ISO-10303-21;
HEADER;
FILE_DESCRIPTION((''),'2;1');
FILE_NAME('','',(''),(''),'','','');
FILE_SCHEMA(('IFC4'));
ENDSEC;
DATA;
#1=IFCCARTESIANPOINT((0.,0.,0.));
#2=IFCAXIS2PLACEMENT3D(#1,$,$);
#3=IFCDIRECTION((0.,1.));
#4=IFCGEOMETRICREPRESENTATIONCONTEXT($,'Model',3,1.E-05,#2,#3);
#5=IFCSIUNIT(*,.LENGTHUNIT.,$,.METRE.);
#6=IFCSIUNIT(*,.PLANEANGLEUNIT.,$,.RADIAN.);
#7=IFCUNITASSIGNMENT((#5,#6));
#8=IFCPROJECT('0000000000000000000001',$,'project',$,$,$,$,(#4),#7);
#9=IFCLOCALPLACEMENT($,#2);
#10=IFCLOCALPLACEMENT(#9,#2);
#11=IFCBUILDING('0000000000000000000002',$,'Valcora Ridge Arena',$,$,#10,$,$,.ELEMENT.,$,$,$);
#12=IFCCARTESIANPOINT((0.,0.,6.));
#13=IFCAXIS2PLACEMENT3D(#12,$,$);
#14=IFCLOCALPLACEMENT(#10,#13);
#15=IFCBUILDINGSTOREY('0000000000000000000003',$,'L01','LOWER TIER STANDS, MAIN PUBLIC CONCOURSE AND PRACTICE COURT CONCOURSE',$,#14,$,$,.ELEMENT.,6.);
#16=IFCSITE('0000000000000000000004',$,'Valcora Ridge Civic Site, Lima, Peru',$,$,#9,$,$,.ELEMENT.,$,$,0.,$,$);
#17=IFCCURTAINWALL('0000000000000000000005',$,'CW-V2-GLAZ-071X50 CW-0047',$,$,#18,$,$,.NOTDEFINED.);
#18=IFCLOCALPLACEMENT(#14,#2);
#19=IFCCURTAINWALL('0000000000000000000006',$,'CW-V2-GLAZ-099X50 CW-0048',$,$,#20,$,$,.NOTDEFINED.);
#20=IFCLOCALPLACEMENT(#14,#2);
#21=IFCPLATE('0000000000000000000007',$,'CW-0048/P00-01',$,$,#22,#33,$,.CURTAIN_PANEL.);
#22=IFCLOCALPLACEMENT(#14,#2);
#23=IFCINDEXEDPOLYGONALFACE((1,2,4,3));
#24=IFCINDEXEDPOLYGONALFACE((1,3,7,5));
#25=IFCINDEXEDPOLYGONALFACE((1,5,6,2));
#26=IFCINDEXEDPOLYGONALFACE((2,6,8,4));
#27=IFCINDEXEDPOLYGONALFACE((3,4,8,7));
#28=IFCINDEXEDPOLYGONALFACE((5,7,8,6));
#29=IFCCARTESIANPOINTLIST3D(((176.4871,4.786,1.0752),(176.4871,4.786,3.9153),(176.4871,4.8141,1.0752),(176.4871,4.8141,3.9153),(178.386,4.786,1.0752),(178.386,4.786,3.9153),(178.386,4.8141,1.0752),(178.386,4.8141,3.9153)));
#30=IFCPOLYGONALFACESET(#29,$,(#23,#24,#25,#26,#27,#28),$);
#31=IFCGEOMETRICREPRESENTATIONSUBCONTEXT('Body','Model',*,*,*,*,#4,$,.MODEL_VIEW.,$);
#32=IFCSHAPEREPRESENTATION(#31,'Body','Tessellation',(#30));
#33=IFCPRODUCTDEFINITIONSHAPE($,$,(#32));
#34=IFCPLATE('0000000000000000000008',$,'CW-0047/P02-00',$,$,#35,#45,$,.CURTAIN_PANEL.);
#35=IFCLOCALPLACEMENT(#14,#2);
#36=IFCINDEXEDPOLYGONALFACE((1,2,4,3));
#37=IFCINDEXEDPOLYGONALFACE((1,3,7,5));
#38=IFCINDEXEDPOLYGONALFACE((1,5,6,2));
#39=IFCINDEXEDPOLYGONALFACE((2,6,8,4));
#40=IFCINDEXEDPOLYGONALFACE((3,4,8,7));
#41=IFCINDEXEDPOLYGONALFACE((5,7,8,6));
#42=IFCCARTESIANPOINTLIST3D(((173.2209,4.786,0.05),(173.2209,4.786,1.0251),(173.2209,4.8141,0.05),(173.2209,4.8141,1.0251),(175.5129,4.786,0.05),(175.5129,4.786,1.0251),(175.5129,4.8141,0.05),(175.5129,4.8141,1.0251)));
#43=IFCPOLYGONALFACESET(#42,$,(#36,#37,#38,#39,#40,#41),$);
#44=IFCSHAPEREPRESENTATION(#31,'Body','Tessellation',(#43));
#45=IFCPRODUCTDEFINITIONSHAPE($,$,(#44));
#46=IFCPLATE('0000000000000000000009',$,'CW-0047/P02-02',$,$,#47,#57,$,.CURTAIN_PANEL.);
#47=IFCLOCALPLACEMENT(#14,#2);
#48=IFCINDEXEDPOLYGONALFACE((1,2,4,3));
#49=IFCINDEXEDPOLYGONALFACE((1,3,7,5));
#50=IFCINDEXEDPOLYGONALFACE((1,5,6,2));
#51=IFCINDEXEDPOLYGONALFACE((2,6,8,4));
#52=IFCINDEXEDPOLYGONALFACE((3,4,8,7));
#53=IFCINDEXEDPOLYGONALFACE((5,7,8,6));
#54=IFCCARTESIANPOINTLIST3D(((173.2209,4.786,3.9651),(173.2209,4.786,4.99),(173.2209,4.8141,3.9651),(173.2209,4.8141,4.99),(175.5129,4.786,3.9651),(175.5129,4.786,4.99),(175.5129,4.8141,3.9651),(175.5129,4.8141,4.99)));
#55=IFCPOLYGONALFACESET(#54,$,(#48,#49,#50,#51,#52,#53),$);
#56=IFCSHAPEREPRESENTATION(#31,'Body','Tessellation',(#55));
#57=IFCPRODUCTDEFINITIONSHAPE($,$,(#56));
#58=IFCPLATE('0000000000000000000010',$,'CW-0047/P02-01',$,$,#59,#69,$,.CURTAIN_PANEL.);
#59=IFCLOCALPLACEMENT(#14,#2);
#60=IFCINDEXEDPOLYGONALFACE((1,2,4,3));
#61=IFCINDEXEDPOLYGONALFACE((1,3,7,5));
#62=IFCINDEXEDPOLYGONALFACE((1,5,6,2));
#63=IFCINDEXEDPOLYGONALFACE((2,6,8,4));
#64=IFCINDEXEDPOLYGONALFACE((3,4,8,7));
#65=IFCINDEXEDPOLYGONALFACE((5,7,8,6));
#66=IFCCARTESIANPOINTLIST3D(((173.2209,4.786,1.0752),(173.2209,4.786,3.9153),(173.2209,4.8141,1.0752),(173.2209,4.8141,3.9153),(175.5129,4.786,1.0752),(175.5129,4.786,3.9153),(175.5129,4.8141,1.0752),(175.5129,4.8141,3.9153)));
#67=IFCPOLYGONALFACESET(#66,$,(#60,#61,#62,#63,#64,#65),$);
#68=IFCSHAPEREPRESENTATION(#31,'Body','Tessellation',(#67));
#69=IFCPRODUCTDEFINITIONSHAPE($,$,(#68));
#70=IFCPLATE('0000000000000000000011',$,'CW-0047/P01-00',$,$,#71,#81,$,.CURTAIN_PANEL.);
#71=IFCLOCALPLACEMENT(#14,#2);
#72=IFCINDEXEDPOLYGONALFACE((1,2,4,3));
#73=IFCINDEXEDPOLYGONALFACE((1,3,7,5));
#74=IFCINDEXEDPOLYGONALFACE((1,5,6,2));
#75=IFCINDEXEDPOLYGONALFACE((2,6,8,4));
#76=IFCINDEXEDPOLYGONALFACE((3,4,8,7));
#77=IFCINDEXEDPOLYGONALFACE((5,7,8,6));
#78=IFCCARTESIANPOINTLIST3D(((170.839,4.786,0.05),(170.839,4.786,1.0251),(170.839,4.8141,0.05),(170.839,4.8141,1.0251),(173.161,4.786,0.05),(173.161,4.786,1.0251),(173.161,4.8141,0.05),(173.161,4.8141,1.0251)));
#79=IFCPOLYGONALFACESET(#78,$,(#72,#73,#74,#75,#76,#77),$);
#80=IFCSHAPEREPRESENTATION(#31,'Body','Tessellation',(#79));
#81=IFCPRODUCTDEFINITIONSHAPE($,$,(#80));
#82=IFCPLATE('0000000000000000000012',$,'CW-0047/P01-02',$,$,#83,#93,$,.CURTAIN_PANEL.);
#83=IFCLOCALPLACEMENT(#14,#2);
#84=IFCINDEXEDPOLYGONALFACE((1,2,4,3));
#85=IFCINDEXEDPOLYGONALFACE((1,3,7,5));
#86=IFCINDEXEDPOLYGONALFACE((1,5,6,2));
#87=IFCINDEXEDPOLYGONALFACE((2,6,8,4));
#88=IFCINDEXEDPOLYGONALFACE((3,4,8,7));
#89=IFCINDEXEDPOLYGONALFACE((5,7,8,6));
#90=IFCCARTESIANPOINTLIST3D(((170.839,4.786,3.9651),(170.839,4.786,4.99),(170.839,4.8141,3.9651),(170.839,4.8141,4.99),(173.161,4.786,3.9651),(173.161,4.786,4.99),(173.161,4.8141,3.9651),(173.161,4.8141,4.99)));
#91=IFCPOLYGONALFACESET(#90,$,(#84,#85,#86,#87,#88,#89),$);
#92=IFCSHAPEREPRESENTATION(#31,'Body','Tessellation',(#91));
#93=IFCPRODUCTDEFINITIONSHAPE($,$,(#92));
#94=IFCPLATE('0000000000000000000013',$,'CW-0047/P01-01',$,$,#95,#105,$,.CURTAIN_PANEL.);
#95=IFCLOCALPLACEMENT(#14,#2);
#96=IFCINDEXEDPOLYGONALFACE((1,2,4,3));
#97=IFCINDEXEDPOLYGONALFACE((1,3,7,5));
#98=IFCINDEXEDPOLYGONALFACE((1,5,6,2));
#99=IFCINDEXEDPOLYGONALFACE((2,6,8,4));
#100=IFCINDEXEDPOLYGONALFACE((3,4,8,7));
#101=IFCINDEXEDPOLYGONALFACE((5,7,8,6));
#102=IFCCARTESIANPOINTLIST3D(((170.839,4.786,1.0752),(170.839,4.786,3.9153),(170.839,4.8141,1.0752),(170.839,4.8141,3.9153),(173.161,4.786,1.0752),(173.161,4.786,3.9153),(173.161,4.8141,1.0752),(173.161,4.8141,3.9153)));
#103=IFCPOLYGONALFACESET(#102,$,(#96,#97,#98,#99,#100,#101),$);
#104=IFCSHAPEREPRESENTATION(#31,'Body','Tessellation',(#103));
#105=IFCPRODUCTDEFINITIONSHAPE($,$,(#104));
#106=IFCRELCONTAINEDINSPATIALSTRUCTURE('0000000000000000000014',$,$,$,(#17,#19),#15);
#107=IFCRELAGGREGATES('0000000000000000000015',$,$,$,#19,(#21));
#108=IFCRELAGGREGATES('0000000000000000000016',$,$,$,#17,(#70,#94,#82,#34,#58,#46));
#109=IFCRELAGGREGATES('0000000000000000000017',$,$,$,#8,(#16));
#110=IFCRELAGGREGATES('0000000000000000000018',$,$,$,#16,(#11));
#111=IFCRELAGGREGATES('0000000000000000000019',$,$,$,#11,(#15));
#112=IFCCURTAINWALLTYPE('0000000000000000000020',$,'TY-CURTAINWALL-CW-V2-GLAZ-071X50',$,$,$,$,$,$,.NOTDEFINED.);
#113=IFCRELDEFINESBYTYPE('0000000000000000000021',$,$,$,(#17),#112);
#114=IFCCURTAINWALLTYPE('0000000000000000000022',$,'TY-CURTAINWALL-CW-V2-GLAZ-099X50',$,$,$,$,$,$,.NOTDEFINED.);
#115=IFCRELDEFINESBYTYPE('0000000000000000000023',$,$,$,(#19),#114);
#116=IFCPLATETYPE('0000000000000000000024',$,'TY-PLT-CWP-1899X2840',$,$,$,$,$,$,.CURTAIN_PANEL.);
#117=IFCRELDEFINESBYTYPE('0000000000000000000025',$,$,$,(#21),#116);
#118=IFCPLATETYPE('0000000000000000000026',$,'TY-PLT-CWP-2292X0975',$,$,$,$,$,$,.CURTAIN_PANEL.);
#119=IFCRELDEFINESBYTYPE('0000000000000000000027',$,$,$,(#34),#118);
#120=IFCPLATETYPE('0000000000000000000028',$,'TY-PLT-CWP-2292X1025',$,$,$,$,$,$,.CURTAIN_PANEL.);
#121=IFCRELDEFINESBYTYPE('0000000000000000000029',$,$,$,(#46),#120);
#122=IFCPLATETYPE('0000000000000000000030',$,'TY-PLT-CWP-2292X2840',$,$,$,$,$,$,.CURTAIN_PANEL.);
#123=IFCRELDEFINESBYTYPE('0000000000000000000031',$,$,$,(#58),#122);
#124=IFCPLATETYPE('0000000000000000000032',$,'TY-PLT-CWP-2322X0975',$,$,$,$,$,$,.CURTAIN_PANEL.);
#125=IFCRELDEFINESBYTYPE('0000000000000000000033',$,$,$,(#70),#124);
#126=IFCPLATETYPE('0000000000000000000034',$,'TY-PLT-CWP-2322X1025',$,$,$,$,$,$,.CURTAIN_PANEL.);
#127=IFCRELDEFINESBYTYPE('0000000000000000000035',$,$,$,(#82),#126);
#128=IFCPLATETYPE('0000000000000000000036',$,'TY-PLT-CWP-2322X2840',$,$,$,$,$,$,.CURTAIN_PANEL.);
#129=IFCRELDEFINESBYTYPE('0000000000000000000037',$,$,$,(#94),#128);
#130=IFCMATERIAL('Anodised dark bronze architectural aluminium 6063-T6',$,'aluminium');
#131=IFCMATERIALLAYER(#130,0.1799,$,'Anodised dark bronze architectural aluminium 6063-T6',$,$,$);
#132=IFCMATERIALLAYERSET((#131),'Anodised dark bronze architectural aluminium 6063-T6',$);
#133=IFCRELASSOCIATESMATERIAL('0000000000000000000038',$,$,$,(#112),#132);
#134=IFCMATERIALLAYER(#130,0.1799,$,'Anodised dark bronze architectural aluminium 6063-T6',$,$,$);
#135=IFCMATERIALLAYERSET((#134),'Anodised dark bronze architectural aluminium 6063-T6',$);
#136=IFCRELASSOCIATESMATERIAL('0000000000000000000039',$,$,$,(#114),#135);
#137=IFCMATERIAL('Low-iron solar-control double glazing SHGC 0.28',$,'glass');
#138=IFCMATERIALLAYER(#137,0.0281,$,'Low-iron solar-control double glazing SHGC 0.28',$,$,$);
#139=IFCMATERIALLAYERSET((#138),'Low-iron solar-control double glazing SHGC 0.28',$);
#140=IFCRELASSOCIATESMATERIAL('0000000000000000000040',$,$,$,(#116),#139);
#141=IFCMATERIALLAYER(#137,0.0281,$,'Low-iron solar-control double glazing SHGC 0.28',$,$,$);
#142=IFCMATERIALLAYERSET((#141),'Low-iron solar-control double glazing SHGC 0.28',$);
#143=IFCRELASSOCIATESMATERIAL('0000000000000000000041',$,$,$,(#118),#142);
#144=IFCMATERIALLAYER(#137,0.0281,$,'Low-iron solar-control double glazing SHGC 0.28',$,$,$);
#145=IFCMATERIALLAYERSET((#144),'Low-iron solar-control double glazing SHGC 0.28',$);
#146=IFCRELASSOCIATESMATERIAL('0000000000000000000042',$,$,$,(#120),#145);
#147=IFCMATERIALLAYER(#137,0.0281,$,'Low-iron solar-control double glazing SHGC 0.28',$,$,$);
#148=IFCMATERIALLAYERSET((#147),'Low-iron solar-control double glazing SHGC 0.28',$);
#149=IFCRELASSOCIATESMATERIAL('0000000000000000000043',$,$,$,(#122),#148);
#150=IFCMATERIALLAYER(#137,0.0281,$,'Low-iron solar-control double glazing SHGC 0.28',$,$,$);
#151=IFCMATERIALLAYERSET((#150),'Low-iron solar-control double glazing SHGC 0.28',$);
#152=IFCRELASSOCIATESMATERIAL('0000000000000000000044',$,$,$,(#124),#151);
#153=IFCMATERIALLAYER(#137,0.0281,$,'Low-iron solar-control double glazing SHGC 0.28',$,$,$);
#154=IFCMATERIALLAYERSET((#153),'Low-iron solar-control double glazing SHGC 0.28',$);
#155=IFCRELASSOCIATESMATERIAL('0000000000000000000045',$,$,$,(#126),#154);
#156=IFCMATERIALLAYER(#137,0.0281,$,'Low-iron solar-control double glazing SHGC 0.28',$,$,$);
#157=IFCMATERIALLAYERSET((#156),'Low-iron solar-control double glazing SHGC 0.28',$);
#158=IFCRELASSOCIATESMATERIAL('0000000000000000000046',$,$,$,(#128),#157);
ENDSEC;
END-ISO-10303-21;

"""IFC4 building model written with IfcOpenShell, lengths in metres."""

from ifc_helpers import new_model, si_unit, direction, frame, origin, origin_2d, place, context, subcontext, project, spatial, rectangle, extrude, material, layer, layer_set, type_object, element, aggregate, save


model = new_model("IFC4")

# Units and contexts
model_context = context("Model", 3, precision=1e-05, world=origin(), true_north=direction((0.0, 1.0)))
body_context = subcontext(model_context, "Body", "Model", "MODEL_VIEW")
ifc_project = project(units=[si_unit("LENGTHUNIT", "METRE"), si_unit("PLANEANGLEUNIT", "RADIAN")], contexts=[model_context])

# Site, building, storey
site_placement = place(None, origin())
site = spatial("IfcSite", under=ifc_project, at=site_placement, Name="Valcora Ridge Civic Site, Lima, Peru", CompositionType="ELEMENT", RefElevation=0.0)
building_placement = place(site_placement, origin())
building = spatial("IfcBuilding", under=site, at=building_placement, Name="Valcora Ridge Arena", CompositionType="ELEMENT")
storey_placement = place(building_placement, frame((0.0, 0.0, 6.0)))
storey = spatial("IfcBuildingStorey", under=building, at=storey_placement, Name="L01", Description="LOWER TIER STANDS, MAIN PUBLIC CONCOURSE AND PRACTICE COURT CONCOURSE", CompositionType="ELEMENT", Elevation=6.0)

# Curtain wall
ifc_material_1 = material(Name="Anodised dark bronze architectural aluminium 6063-T6", Category="aluminium")
ifc_layer_1 = layer(ifc_material_1, 0.1799, Name="Anodised dark bronze architectural aluminium 6063-T6")
ifc_layer_set_1 = layer_set([ifc_layer_1], Name="Anodised dark bronze architectural aluminium 6063-T6")
curtain_wall_type_1 = type_object("IfcCurtainWallType", Name="TY-CURTAINWALL-CW-V2-GLAZ-071X50", PredefinedType="NOTDEFINED", material=ifc_layer_set_1)
curtain_wall_1_placement = place(storey_placement, origin())
curtain_wall_1 = element("IfcCurtainWall", 1, at=curtain_wall_1_placement, inside=storey, type_object=curtain_wall_type_1, Name="CW-V2-GLAZ-071X50 CW-0047", PredefinedType="NOTDEFINED")

# Curtain wall
ifc_layer_2 = layer(ifc_material_1, 0.1799, Name="Anodised dark bronze architectural aluminium 6063-T6")
ifc_layer_set_2 = layer_set([ifc_layer_2], Name="Anodised dark bronze architectural aluminium 6063-T6")
curtain_wall_type_2 = type_object("IfcCurtainWallType", Name="TY-CURTAINWALL-CW-V2-GLAZ-099X50", PredefinedType="NOTDEFINED", material=ifc_layer_set_2)
curtain_wall_2_placement = place(storey_placement, origin())
curtain_wall_2 = element("IfcCurtainWall", 2, at=curtain_wall_2_placement, inside=storey, type_object=curtain_wall_type_2, Name="CW-V2-GLAZ-099X50 CW-0048", PredefinedType="NOTDEFINED")

# Plates
ifc_material_2 = material(Name="Low-iron solar-control double glazing SHGC 0.28", Category="glass")
ifc_layer_3 = layer(ifc_material_2, 0.0281, Name="Low-iron solar-control double glazing SHGC 0.28")
ifc_layer_set_3 = layer_set([ifc_layer_3], Name="Low-iron solar-control double glazing SHGC 0.28")
plate_type_1 = type_object("IfcPlateType", Name="TY-PLT-CWP-1899X2840", PredefinedType="CURTAIN_PANEL", material=ifc_layer_set_3)
plate_1_placement = place(storey_placement, frame((177.4365, 4.8, 1.0752), z_axis=(0.0, 0.0, 1.0), x_axis=(1.0, 0.0, 0.0)))
plate_1 = element("IfcPlate", 3, at=plate_1_placement, type_object=plate_type_1, Name="CW-0048/P00-01", PredefinedType="CURTAIN_PANEL", context=body_context, shape_type="SweptSolid", body=[
    extrude(rectangle(XDim=1.8989, YDim=0.0281, at=origin_2d()), origin(), (0.0, 0.0, 1.0), 2.8401),
])
aggregate(curtain_wall_2, [plate_1])
ifc_layer_4 = layer(ifc_material_2, 0.0281, Name="Low-iron solar-control double glazing SHGC 0.28")
ifc_layer_set_4 = layer_set([ifc_layer_4], Name="Low-iron solar-control double glazing SHGC 0.28")
plate_type_2 = type_object("IfcPlateType", Name="TY-PLT-CWP-2292X0975", PredefinedType="CURTAIN_PANEL", material=ifc_layer_set_4)
plate_2_placement = place(storey_placement, frame((174.3669, 4.8, 0.05), z_axis=(0.0, 0.0, 1.0), x_axis=(1.0, 0.0, 0.0)))
plate_2 = element("IfcPlate", 4, at=plate_2_placement, type_object=plate_type_2, Name="CW-0047/P02-00", PredefinedType="CURTAIN_PANEL", context=body_context, shape_type="SweptSolid", body=[
    extrude(rectangle(XDim=2.292, YDim=0.0281, at=origin_2d()), origin(), (0.0, 0.0, 1.0), 0.9751),
])
ifc_layer_5 = layer(ifc_material_2, 0.0281, Name="Low-iron solar-control double glazing SHGC 0.28")
ifc_layer_set_5 = layer_set([ifc_layer_5], Name="Low-iron solar-control double glazing SHGC 0.28")
plate_type_3 = type_object("IfcPlateType", Name="TY-PLT-CWP-2292X1025", PredefinedType="CURTAIN_PANEL", material=ifc_layer_set_5)
plate_3_placement = place(storey_placement, frame((174.3669, 4.8, 3.9651), z_axis=(0.0, 0.0, 1.0), x_axis=(1.0, 0.0, 0.0)))
plate_3 = element("IfcPlate", 5, at=plate_3_placement, type_object=plate_type_3, Name="CW-0047/P02-02", PredefinedType="CURTAIN_PANEL", context=body_context, shape_type="SweptSolid", body=[
    extrude(rectangle(XDim=2.292, YDim=0.0281, at=origin_2d()), origin(), (0.0, 0.0, 1.0), 1.0249),
])
ifc_layer_6 = layer(ifc_material_2, 0.0281, Name="Low-iron solar-control double glazing SHGC 0.28")
ifc_layer_set_6 = layer_set([ifc_layer_6], Name="Low-iron solar-control double glazing SHGC 0.28")
plate_type_4 = type_object("IfcPlateType", Name="TY-PLT-CWP-2292X2840", PredefinedType="CURTAIN_PANEL", material=ifc_layer_set_6)
plate_4_placement = place(storey_placement, frame((174.3669, 4.8, 1.0752), z_axis=(0.0, 0.0, 1.0), x_axis=(1.0, 0.0, 0.0)))
plate_4 = element("IfcPlate", 6, at=plate_4_placement, type_object=plate_type_4, Name="CW-0047/P02-01", PredefinedType="CURTAIN_PANEL", context=body_context, shape_type="SweptSolid", body=[
    extrude(rectangle(XDim=2.292, YDim=0.0281, at=origin_2d()), origin(), (0.0, 0.0, 1.0), 2.8401),
])
ifc_layer_7 = layer(ifc_material_2, 0.0281, Name="Low-iron solar-control double glazing SHGC 0.28")
ifc_layer_set_7 = layer_set([ifc_layer_7], Name="Low-iron solar-control double glazing SHGC 0.28")
plate_type_5 = type_object("IfcPlateType", Name="TY-PLT-CWP-2322X0975", PredefinedType="CURTAIN_PANEL", material=ifc_layer_set_7)
plate_5_placement = place(storey_placement, frame((172.0, 4.8, 0.05), z_axis=(0.0, 0.0, 1.0), x_axis=(1.0, 0.0, 0.0)))
plate_5 = element("IfcPlate", 7, at=plate_5_placement, type_object=plate_type_5, Name="CW-0047/P01-00", PredefinedType="CURTAIN_PANEL", context=body_context, shape_type="SweptSolid", body=[
    extrude(rectangle(XDim=2.322, YDim=0.0281, at=origin_2d()), origin(), (0.0, 0.0, 1.0), 0.9751),
])
ifc_layer_8 = layer(ifc_material_2, 0.0281, Name="Low-iron solar-control double glazing SHGC 0.28")
ifc_layer_set_8 = layer_set([ifc_layer_8], Name="Low-iron solar-control double glazing SHGC 0.28")
plate_type_6 = type_object("IfcPlateType", Name="TY-PLT-CWP-2322X1025", PredefinedType="CURTAIN_PANEL", material=ifc_layer_set_8)
plate_6_placement = place(storey_placement, frame((172.0, 4.8, 3.9651), z_axis=(0.0, 0.0, 1.0), x_axis=(1.0, 0.0, 0.0)))
plate_6 = element("IfcPlate", 8, at=plate_6_placement, type_object=plate_type_6, Name="CW-0047/P01-02", PredefinedType="CURTAIN_PANEL", context=body_context, shape_type="SweptSolid", body=[
    extrude(rectangle(XDim=2.322, YDim=0.0281, at=origin_2d()), origin(), (0.0, 0.0, 1.0), 1.0249),
])
ifc_layer_9 = layer(ifc_material_2, 0.0281, Name="Low-iron solar-control double glazing SHGC 0.28")
ifc_layer_set_9 = layer_set([ifc_layer_9], Name="Low-iron solar-control double glazing SHGC 0.28")
plate_type_7 = type_object("IfcPlateType", Name="TY-PLT-CWP-2322X2840", PredefinedType="CURTAIN_PANEL", material=ifc_layer_set_9)
plate_7_placement = place(storey_placement, frame((172.0, 4.8, 1.0752), z_axis=(0.0, 0.0, 1.0), x_axis=(1.0, 0.0, 0.0)))
plate_7 = element("IfcPlate", 9, at=plate_7_placement, type_object=plate_type_7, Name="CW-0047/P01-01", PredefinedType="CURTAIN_PANEL", context=body_context, shape_type="SweptSolid", body=[
    extrude(rectangle(XDim=2.322, YDim=0.0281, at=origin_2d()), origin(), (0.0, 0.0, 1.0), 2.8401),
])
aggregate(curtain_wall_1, [plate_5, plate_7, plate_6, plate_2, plate_4, plate_3])

save(model, "model.ifc")
